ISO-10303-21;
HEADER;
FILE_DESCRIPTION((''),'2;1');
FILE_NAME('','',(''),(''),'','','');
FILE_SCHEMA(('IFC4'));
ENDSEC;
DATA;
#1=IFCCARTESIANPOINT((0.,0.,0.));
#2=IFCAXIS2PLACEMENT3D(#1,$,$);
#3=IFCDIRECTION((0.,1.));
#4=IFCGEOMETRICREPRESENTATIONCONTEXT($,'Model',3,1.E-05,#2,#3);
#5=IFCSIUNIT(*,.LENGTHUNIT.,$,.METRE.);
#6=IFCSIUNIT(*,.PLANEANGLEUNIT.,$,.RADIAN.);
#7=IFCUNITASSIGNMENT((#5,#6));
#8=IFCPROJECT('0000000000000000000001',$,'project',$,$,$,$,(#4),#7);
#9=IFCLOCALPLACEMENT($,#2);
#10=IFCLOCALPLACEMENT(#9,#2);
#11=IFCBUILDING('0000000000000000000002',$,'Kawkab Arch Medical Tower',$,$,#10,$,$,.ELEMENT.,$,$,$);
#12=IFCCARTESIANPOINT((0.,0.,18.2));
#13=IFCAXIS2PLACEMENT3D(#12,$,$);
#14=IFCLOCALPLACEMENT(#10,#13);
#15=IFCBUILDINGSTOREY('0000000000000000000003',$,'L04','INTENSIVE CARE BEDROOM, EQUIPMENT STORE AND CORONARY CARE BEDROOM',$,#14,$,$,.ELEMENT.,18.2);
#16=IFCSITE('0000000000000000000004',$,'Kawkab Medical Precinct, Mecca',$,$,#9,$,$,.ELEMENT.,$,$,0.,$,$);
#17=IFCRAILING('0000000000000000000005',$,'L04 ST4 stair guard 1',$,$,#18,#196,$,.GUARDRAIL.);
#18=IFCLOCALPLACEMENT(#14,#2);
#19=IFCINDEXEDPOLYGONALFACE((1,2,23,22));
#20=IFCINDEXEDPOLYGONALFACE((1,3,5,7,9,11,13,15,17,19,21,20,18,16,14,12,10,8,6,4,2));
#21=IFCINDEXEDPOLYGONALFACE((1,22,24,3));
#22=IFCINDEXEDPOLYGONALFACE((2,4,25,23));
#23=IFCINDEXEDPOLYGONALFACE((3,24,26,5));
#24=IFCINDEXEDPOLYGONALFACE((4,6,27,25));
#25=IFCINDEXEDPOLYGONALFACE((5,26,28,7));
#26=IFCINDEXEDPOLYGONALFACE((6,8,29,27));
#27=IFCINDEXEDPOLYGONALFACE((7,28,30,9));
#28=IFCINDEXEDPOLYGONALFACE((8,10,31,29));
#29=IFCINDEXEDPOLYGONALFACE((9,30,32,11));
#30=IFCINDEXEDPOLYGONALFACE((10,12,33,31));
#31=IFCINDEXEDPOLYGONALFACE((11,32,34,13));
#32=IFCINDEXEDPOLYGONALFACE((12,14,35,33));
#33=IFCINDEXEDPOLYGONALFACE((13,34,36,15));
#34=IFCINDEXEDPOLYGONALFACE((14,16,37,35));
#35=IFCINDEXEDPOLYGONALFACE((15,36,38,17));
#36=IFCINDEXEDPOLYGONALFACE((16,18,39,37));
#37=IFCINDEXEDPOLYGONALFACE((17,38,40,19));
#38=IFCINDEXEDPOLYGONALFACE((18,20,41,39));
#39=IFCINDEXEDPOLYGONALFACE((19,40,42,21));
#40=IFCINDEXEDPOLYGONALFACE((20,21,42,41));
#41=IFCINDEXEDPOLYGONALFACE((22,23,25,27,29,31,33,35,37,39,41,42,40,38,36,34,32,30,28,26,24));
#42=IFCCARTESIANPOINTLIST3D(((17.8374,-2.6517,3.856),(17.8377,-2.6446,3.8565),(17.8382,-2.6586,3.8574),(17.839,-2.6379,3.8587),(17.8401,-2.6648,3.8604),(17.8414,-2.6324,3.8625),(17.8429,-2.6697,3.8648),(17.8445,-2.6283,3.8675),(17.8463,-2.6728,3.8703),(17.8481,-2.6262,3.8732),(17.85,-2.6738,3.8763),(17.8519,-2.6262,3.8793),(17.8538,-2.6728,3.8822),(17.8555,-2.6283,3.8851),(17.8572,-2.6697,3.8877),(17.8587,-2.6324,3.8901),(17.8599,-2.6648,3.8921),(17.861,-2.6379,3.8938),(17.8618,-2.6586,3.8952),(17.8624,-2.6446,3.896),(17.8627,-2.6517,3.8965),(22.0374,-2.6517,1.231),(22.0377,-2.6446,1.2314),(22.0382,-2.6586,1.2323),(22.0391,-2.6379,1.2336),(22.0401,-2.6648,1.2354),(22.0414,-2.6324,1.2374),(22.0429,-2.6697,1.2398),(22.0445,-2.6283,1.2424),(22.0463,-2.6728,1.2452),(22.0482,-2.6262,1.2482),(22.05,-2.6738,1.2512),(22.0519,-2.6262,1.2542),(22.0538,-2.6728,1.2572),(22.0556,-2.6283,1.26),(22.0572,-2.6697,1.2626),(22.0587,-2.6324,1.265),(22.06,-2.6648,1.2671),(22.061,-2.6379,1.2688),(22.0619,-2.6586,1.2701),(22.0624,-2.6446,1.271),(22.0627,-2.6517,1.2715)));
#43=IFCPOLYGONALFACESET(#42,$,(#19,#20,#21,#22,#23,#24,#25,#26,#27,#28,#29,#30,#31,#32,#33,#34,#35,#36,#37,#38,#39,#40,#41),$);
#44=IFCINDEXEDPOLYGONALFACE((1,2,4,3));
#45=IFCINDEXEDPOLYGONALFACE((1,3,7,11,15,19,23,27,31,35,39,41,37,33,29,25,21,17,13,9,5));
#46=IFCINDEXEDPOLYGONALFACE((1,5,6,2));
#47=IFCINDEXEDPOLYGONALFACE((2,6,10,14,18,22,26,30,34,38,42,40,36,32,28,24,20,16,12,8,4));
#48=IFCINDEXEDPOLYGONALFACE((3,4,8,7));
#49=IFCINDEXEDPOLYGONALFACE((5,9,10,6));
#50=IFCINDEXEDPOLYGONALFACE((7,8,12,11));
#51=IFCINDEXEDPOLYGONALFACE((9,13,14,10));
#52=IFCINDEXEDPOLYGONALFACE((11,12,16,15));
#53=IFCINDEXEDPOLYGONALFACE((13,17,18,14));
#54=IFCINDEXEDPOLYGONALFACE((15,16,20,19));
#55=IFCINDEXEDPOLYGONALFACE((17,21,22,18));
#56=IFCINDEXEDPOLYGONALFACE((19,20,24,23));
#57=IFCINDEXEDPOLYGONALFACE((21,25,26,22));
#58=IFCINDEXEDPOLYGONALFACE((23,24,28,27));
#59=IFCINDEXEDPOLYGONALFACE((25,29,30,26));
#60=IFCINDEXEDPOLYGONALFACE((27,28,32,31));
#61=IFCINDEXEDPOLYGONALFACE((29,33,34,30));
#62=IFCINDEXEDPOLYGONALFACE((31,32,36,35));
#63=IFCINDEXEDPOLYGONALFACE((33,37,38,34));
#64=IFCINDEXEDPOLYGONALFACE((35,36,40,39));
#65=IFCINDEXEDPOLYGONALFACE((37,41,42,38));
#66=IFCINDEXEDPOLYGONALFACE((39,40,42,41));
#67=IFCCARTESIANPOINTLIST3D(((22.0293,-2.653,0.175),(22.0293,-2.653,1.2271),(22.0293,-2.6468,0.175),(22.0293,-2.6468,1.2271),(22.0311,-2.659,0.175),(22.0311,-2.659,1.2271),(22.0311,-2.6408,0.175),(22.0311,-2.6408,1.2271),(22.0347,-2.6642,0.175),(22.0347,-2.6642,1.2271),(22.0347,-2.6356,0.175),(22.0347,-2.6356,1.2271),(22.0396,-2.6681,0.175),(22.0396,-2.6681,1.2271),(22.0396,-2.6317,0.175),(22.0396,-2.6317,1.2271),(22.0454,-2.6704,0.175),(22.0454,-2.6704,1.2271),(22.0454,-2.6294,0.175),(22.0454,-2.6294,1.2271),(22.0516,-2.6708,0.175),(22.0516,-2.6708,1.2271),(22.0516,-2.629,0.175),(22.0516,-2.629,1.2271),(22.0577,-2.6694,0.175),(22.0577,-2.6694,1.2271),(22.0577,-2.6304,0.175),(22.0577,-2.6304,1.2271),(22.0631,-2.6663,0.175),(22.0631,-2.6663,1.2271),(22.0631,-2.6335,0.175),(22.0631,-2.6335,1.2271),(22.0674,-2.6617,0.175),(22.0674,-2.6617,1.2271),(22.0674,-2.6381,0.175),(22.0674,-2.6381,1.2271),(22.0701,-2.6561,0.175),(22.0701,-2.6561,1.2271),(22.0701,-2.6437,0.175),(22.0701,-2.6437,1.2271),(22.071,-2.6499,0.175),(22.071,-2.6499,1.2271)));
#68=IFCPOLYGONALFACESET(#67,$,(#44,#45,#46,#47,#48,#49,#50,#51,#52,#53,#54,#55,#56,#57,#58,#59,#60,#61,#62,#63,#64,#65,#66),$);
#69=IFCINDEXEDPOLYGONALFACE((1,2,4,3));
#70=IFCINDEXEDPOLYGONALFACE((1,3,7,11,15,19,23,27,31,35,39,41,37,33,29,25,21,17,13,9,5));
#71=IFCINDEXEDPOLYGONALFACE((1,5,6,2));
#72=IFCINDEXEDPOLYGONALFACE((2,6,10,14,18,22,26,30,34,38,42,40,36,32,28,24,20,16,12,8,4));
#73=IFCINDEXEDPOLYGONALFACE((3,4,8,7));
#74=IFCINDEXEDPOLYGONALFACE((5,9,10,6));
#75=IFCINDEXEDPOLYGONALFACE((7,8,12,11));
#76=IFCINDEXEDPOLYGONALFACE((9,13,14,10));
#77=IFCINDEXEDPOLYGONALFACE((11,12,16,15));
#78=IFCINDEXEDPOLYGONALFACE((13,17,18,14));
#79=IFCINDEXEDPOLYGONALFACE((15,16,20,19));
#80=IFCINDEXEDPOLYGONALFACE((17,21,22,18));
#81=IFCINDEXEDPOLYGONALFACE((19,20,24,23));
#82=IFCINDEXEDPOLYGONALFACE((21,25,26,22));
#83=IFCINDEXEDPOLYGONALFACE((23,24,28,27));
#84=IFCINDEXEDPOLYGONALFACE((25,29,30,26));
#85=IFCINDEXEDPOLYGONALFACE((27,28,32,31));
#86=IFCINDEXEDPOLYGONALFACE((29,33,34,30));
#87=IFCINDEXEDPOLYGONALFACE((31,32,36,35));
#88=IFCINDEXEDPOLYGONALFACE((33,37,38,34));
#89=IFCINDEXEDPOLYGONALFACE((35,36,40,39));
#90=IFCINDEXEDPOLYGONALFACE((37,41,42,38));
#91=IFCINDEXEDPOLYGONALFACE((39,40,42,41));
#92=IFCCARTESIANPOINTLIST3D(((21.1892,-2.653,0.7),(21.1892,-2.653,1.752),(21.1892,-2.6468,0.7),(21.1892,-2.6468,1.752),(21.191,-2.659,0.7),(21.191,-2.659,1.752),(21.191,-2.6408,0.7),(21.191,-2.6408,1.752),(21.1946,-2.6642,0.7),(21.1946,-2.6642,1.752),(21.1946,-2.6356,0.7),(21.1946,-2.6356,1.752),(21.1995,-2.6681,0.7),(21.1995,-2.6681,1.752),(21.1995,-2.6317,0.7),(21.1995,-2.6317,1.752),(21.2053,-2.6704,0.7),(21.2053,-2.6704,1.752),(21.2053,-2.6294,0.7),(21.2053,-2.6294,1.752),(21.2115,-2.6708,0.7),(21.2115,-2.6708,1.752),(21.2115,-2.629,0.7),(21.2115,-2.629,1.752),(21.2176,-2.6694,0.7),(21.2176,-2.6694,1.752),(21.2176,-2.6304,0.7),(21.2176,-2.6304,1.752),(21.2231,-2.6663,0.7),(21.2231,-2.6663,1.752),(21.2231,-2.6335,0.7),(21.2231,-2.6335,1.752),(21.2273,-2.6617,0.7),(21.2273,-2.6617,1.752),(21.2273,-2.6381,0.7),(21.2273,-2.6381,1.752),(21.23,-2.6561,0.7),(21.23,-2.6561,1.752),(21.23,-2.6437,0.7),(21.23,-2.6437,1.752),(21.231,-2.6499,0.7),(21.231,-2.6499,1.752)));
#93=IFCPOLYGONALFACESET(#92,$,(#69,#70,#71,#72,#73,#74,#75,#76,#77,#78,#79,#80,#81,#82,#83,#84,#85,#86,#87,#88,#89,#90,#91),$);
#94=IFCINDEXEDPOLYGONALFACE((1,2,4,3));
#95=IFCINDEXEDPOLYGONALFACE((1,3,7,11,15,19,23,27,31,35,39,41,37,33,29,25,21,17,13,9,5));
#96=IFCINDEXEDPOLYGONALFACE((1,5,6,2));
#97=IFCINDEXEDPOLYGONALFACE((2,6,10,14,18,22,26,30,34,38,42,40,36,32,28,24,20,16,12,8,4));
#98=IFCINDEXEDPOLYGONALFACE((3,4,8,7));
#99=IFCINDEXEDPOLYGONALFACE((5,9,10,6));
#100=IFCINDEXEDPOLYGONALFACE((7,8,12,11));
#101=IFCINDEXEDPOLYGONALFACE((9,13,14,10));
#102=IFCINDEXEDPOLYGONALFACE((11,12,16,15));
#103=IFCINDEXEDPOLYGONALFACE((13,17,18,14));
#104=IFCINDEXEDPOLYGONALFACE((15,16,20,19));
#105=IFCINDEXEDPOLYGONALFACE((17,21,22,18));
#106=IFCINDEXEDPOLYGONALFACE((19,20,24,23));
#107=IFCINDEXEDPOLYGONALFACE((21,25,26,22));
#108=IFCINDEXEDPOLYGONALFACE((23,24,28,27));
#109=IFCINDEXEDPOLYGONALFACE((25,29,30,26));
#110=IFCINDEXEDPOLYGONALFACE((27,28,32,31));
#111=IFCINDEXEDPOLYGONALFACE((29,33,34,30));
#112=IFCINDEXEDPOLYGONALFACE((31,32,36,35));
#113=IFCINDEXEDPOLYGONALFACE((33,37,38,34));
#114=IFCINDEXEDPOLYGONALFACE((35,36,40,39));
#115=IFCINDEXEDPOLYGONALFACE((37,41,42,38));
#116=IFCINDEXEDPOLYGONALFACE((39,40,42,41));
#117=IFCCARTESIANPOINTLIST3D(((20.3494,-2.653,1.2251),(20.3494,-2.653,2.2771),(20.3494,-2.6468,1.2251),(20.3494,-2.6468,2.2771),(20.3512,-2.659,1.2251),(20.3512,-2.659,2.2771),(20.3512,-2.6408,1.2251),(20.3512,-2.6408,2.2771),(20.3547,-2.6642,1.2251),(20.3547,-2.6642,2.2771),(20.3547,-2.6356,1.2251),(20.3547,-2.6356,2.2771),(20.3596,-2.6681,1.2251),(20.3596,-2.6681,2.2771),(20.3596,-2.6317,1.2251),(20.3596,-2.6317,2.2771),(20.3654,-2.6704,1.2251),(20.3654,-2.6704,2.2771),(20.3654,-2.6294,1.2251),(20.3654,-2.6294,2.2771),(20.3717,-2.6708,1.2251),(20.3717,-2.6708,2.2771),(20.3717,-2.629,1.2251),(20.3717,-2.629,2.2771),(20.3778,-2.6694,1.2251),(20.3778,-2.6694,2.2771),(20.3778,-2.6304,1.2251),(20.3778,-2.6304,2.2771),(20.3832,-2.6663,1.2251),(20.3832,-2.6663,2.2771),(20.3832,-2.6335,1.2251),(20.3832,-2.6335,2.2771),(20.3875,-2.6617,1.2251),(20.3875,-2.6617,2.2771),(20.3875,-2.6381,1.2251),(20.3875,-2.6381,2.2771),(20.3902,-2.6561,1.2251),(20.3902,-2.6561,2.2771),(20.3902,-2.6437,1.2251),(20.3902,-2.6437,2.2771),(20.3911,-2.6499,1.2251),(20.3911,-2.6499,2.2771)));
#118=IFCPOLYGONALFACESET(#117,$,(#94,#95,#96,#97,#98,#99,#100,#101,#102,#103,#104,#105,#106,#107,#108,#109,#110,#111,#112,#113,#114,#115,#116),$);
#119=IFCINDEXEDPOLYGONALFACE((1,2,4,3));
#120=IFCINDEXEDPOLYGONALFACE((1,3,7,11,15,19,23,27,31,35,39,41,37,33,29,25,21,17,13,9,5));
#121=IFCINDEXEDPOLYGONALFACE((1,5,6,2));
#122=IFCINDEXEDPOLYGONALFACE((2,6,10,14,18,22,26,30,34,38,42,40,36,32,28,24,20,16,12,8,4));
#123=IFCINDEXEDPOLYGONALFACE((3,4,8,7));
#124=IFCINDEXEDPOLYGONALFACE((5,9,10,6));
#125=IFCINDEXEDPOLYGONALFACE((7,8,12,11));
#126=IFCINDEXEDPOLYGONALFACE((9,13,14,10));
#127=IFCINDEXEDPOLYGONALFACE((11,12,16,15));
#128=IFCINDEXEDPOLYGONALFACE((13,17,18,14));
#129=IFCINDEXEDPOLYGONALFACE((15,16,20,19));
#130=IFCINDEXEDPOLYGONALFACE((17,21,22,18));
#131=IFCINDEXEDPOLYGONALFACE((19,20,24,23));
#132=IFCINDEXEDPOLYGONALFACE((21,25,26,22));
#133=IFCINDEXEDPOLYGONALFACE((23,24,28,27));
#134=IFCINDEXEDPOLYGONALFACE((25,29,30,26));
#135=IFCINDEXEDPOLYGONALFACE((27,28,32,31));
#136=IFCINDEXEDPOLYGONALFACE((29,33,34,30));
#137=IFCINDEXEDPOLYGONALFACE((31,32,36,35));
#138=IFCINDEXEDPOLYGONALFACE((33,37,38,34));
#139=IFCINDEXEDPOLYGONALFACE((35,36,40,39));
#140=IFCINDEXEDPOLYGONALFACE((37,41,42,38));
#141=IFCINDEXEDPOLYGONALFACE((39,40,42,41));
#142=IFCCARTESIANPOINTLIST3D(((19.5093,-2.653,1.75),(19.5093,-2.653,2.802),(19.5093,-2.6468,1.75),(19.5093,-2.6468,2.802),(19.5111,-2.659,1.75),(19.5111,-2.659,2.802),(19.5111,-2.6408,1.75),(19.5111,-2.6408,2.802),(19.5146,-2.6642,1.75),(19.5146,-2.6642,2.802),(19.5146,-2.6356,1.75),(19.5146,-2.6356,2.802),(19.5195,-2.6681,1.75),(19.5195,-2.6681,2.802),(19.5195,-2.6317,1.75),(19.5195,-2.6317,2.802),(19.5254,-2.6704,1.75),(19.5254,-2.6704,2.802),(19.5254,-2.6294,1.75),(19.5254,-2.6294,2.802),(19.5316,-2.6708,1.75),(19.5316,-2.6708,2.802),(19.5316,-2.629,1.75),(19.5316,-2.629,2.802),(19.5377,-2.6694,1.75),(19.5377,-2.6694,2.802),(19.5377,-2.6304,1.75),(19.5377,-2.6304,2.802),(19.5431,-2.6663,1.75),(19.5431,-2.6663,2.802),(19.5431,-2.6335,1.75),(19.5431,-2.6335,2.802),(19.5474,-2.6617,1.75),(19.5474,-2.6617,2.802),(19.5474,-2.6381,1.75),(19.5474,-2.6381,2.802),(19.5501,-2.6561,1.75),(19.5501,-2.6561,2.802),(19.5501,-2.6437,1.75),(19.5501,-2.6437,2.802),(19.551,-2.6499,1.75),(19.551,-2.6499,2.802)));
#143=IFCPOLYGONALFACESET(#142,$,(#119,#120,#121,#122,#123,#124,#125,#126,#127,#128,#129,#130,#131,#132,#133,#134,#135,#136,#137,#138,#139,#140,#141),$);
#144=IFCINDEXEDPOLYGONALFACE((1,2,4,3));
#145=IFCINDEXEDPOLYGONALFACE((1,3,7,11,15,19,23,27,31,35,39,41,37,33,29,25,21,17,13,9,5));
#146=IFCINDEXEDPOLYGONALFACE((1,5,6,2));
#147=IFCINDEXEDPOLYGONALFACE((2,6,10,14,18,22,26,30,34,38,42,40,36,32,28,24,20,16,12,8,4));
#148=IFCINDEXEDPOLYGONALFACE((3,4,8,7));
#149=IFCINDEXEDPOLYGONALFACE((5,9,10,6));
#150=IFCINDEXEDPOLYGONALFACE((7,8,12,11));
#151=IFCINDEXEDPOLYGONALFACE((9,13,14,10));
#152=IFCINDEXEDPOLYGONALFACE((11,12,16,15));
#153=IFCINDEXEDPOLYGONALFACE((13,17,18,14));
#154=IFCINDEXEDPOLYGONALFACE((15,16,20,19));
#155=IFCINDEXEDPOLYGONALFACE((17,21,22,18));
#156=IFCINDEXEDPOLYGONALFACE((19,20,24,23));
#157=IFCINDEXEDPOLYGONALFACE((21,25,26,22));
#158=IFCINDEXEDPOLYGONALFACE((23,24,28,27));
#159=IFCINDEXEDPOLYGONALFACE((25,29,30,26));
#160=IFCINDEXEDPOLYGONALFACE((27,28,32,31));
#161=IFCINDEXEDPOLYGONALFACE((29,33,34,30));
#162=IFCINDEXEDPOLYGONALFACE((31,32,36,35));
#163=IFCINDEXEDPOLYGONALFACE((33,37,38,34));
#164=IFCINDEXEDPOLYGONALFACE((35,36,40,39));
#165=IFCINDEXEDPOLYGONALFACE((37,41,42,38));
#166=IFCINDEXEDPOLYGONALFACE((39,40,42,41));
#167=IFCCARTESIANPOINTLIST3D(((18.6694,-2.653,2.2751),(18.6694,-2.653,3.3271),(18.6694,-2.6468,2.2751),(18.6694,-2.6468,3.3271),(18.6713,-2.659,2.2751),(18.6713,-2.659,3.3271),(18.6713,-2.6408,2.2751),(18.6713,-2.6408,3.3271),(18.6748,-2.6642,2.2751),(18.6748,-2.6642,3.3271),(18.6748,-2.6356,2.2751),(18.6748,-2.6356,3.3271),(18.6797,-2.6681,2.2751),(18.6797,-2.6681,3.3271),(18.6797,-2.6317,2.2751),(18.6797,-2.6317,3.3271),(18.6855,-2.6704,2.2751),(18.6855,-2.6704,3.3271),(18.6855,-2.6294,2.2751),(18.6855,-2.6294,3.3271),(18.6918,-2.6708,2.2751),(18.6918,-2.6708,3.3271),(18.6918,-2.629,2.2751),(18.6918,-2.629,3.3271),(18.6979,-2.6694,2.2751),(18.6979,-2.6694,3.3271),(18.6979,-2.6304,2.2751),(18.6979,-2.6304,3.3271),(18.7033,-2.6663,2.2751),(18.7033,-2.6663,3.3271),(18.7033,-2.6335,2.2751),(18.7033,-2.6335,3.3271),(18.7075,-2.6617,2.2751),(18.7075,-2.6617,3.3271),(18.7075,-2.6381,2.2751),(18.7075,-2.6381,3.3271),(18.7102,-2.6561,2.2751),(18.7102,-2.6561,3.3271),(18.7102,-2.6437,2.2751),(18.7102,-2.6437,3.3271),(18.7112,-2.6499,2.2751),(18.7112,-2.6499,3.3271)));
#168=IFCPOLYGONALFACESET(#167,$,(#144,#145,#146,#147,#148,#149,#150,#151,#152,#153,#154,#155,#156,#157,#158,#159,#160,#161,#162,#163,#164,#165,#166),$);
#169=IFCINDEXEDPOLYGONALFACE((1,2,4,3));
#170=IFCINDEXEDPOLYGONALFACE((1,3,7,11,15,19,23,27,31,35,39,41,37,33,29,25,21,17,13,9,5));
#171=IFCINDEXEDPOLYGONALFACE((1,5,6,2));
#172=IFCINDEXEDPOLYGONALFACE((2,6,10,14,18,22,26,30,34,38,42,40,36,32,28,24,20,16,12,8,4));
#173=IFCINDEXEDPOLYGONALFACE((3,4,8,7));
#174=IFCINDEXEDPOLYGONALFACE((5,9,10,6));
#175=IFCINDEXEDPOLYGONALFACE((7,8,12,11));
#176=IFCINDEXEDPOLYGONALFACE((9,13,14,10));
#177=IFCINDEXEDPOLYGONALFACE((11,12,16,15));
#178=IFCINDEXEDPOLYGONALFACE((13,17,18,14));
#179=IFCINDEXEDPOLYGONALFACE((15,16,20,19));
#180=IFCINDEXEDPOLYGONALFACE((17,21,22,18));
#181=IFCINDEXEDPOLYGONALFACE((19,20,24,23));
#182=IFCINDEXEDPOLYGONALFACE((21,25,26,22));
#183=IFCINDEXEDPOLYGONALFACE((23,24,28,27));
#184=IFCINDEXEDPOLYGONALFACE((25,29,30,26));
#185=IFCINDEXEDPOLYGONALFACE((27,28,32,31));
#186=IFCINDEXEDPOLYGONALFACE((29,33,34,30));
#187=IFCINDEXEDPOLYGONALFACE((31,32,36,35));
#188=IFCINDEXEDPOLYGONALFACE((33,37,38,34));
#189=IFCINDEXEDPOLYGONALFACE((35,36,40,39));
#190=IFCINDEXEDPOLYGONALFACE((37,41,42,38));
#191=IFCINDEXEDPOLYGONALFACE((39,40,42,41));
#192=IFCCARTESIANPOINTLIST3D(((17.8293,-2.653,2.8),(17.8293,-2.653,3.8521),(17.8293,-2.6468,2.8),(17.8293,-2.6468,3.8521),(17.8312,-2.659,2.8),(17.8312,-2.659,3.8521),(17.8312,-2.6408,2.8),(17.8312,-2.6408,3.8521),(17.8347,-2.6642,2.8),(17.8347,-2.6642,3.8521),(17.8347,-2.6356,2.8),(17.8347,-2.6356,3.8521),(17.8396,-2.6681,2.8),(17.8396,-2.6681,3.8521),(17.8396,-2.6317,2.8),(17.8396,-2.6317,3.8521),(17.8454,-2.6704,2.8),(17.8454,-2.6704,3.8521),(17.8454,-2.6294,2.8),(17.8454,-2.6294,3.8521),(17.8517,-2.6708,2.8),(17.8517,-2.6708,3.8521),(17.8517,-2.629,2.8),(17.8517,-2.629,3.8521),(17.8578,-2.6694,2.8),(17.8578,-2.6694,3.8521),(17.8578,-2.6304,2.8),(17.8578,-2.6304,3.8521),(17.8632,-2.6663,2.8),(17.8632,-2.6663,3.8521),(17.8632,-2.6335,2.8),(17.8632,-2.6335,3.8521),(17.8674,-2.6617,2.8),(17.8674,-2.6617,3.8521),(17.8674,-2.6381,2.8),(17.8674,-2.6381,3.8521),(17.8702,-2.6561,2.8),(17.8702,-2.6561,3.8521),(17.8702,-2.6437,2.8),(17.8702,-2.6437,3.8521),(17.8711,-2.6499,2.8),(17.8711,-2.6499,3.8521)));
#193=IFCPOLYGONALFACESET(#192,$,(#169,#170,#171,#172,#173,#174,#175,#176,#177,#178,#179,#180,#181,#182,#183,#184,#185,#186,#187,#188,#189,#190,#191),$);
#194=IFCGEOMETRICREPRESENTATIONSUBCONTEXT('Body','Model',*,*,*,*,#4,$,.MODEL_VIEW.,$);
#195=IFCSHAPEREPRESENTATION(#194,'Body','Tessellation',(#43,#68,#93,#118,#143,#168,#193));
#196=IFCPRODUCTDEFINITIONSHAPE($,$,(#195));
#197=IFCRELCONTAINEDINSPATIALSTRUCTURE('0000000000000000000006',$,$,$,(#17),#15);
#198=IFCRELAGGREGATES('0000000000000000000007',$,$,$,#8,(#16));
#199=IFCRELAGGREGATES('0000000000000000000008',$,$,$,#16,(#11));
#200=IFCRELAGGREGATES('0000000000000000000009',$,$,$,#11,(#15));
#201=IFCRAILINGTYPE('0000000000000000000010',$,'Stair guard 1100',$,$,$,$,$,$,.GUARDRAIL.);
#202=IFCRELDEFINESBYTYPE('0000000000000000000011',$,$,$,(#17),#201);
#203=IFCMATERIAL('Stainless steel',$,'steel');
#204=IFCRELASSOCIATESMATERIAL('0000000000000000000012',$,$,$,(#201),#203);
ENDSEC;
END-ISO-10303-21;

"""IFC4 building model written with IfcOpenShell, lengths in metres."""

from ifc_helpers import new_model, si_unit, direction, frame, origin, origin_2d, place, context, subcontext, project, spatial, circle, extrude, material, type_object, element, save


model = new_model("IFC4")

# Units and contexts
model_context = context("Model", 3, precision=1e-05, world=origin(), true_north=direction((0.0, 1.0)))
body_context = subcontext(model_context, "Body", "Model", "MODEL_VIEW")
ifc_project = project(units=[si_unit("LENGTHUNIT", "METRE"), si_unit("PLANEANGLEUNIT", "RADIAN")], contexts=[model_context])

# Site, building, storey
site_placement = place(None, origin())
site = spatial("IfcSite", under=ifc_project, at=site_placement, Name="Kawkab Medical Precinct, Mecca", CompositionType="ELEMENT", RefElevation=0.0)
building_placement = place(site_placement, origin())
building = spatial("IfcBuilding", under=site, at=building_placement, Name="Kawkab Arch Medical Tower", CompositionType="ELEMENT")
storey_placement = place(building_placement, frame((0.0, 0.0, 18.2)))
storey = spatial("IfcBuildingStorey", under=building, at=storey_placement, Name="L04", Description="INTENSIVE CARE BEDROOM, EQUIPMENT STORE AND CORONARY CARE BEDROOM", CompositionType="ELEMENT", Elevation=18.2)

# Railing
ifc_material_1 = material(Name="Stainless steel", Category="steel")
railing_type = type_object("IfcRailingType", Name="Stair guard 1100", PredefinedType="GUARDRAIL", material=ifc_material_1)
railing_1_placement = place(storey_placement, frame((22.05, -2.6499, 0.175)))
element("IfcRailing", 1, at=railing_1_placement, inside=storey, type_object=railing_type, Name="L04 ST4 stair guard 1", PredefinedType="GUARDRAIL", context=body_context, shape_type="SweptSolid", body=[
    extrude(circle(Radius=0.0239, at=origin_2d()), frame((0.0, 0.0, 1.0762), z_axis=(-0.847996, 0.0, 0.530003), x_axis=(0.0, -1.0, 0.0)), (0.0, 0.0, 1.0), 4.9529),
    extrude(circle(Radius=0.021, at=origin_2d()), origin(), (0.0, 0.0, 1.0), 1.052),
    extrude(circle(Radius=0.021, at=origin_2d()), frame((-0.8401, 0.0, 0.5249)), (0.0, 0.0, 1.0), 1.052),
    extrude(circle(Radius=0.021, at=origin_2d()), frame((-1.6799, 0.0, 1.05)), (0.0, 0.0, 1.0), 1.052),
    extrude(circle(Radius=0.021, at=origin_2d()), frame((-2.52, 0.0, 1.575)), (0.0, 0.0, 1.0), 1.052),
    extrude(circle(Radius=0.021, at=origin_2d()), frame((-3.3599, 0.0, 2.1001)), (0.0, 0.0, 1.0), 1.052),
    extrude(circle(Radius=0.021, at=origin_2d()), frame((-4.2, 0.0, 2.625)), (0.0, 0.0, 1.0), 1.052),
])

save(model, "model.ifc")
